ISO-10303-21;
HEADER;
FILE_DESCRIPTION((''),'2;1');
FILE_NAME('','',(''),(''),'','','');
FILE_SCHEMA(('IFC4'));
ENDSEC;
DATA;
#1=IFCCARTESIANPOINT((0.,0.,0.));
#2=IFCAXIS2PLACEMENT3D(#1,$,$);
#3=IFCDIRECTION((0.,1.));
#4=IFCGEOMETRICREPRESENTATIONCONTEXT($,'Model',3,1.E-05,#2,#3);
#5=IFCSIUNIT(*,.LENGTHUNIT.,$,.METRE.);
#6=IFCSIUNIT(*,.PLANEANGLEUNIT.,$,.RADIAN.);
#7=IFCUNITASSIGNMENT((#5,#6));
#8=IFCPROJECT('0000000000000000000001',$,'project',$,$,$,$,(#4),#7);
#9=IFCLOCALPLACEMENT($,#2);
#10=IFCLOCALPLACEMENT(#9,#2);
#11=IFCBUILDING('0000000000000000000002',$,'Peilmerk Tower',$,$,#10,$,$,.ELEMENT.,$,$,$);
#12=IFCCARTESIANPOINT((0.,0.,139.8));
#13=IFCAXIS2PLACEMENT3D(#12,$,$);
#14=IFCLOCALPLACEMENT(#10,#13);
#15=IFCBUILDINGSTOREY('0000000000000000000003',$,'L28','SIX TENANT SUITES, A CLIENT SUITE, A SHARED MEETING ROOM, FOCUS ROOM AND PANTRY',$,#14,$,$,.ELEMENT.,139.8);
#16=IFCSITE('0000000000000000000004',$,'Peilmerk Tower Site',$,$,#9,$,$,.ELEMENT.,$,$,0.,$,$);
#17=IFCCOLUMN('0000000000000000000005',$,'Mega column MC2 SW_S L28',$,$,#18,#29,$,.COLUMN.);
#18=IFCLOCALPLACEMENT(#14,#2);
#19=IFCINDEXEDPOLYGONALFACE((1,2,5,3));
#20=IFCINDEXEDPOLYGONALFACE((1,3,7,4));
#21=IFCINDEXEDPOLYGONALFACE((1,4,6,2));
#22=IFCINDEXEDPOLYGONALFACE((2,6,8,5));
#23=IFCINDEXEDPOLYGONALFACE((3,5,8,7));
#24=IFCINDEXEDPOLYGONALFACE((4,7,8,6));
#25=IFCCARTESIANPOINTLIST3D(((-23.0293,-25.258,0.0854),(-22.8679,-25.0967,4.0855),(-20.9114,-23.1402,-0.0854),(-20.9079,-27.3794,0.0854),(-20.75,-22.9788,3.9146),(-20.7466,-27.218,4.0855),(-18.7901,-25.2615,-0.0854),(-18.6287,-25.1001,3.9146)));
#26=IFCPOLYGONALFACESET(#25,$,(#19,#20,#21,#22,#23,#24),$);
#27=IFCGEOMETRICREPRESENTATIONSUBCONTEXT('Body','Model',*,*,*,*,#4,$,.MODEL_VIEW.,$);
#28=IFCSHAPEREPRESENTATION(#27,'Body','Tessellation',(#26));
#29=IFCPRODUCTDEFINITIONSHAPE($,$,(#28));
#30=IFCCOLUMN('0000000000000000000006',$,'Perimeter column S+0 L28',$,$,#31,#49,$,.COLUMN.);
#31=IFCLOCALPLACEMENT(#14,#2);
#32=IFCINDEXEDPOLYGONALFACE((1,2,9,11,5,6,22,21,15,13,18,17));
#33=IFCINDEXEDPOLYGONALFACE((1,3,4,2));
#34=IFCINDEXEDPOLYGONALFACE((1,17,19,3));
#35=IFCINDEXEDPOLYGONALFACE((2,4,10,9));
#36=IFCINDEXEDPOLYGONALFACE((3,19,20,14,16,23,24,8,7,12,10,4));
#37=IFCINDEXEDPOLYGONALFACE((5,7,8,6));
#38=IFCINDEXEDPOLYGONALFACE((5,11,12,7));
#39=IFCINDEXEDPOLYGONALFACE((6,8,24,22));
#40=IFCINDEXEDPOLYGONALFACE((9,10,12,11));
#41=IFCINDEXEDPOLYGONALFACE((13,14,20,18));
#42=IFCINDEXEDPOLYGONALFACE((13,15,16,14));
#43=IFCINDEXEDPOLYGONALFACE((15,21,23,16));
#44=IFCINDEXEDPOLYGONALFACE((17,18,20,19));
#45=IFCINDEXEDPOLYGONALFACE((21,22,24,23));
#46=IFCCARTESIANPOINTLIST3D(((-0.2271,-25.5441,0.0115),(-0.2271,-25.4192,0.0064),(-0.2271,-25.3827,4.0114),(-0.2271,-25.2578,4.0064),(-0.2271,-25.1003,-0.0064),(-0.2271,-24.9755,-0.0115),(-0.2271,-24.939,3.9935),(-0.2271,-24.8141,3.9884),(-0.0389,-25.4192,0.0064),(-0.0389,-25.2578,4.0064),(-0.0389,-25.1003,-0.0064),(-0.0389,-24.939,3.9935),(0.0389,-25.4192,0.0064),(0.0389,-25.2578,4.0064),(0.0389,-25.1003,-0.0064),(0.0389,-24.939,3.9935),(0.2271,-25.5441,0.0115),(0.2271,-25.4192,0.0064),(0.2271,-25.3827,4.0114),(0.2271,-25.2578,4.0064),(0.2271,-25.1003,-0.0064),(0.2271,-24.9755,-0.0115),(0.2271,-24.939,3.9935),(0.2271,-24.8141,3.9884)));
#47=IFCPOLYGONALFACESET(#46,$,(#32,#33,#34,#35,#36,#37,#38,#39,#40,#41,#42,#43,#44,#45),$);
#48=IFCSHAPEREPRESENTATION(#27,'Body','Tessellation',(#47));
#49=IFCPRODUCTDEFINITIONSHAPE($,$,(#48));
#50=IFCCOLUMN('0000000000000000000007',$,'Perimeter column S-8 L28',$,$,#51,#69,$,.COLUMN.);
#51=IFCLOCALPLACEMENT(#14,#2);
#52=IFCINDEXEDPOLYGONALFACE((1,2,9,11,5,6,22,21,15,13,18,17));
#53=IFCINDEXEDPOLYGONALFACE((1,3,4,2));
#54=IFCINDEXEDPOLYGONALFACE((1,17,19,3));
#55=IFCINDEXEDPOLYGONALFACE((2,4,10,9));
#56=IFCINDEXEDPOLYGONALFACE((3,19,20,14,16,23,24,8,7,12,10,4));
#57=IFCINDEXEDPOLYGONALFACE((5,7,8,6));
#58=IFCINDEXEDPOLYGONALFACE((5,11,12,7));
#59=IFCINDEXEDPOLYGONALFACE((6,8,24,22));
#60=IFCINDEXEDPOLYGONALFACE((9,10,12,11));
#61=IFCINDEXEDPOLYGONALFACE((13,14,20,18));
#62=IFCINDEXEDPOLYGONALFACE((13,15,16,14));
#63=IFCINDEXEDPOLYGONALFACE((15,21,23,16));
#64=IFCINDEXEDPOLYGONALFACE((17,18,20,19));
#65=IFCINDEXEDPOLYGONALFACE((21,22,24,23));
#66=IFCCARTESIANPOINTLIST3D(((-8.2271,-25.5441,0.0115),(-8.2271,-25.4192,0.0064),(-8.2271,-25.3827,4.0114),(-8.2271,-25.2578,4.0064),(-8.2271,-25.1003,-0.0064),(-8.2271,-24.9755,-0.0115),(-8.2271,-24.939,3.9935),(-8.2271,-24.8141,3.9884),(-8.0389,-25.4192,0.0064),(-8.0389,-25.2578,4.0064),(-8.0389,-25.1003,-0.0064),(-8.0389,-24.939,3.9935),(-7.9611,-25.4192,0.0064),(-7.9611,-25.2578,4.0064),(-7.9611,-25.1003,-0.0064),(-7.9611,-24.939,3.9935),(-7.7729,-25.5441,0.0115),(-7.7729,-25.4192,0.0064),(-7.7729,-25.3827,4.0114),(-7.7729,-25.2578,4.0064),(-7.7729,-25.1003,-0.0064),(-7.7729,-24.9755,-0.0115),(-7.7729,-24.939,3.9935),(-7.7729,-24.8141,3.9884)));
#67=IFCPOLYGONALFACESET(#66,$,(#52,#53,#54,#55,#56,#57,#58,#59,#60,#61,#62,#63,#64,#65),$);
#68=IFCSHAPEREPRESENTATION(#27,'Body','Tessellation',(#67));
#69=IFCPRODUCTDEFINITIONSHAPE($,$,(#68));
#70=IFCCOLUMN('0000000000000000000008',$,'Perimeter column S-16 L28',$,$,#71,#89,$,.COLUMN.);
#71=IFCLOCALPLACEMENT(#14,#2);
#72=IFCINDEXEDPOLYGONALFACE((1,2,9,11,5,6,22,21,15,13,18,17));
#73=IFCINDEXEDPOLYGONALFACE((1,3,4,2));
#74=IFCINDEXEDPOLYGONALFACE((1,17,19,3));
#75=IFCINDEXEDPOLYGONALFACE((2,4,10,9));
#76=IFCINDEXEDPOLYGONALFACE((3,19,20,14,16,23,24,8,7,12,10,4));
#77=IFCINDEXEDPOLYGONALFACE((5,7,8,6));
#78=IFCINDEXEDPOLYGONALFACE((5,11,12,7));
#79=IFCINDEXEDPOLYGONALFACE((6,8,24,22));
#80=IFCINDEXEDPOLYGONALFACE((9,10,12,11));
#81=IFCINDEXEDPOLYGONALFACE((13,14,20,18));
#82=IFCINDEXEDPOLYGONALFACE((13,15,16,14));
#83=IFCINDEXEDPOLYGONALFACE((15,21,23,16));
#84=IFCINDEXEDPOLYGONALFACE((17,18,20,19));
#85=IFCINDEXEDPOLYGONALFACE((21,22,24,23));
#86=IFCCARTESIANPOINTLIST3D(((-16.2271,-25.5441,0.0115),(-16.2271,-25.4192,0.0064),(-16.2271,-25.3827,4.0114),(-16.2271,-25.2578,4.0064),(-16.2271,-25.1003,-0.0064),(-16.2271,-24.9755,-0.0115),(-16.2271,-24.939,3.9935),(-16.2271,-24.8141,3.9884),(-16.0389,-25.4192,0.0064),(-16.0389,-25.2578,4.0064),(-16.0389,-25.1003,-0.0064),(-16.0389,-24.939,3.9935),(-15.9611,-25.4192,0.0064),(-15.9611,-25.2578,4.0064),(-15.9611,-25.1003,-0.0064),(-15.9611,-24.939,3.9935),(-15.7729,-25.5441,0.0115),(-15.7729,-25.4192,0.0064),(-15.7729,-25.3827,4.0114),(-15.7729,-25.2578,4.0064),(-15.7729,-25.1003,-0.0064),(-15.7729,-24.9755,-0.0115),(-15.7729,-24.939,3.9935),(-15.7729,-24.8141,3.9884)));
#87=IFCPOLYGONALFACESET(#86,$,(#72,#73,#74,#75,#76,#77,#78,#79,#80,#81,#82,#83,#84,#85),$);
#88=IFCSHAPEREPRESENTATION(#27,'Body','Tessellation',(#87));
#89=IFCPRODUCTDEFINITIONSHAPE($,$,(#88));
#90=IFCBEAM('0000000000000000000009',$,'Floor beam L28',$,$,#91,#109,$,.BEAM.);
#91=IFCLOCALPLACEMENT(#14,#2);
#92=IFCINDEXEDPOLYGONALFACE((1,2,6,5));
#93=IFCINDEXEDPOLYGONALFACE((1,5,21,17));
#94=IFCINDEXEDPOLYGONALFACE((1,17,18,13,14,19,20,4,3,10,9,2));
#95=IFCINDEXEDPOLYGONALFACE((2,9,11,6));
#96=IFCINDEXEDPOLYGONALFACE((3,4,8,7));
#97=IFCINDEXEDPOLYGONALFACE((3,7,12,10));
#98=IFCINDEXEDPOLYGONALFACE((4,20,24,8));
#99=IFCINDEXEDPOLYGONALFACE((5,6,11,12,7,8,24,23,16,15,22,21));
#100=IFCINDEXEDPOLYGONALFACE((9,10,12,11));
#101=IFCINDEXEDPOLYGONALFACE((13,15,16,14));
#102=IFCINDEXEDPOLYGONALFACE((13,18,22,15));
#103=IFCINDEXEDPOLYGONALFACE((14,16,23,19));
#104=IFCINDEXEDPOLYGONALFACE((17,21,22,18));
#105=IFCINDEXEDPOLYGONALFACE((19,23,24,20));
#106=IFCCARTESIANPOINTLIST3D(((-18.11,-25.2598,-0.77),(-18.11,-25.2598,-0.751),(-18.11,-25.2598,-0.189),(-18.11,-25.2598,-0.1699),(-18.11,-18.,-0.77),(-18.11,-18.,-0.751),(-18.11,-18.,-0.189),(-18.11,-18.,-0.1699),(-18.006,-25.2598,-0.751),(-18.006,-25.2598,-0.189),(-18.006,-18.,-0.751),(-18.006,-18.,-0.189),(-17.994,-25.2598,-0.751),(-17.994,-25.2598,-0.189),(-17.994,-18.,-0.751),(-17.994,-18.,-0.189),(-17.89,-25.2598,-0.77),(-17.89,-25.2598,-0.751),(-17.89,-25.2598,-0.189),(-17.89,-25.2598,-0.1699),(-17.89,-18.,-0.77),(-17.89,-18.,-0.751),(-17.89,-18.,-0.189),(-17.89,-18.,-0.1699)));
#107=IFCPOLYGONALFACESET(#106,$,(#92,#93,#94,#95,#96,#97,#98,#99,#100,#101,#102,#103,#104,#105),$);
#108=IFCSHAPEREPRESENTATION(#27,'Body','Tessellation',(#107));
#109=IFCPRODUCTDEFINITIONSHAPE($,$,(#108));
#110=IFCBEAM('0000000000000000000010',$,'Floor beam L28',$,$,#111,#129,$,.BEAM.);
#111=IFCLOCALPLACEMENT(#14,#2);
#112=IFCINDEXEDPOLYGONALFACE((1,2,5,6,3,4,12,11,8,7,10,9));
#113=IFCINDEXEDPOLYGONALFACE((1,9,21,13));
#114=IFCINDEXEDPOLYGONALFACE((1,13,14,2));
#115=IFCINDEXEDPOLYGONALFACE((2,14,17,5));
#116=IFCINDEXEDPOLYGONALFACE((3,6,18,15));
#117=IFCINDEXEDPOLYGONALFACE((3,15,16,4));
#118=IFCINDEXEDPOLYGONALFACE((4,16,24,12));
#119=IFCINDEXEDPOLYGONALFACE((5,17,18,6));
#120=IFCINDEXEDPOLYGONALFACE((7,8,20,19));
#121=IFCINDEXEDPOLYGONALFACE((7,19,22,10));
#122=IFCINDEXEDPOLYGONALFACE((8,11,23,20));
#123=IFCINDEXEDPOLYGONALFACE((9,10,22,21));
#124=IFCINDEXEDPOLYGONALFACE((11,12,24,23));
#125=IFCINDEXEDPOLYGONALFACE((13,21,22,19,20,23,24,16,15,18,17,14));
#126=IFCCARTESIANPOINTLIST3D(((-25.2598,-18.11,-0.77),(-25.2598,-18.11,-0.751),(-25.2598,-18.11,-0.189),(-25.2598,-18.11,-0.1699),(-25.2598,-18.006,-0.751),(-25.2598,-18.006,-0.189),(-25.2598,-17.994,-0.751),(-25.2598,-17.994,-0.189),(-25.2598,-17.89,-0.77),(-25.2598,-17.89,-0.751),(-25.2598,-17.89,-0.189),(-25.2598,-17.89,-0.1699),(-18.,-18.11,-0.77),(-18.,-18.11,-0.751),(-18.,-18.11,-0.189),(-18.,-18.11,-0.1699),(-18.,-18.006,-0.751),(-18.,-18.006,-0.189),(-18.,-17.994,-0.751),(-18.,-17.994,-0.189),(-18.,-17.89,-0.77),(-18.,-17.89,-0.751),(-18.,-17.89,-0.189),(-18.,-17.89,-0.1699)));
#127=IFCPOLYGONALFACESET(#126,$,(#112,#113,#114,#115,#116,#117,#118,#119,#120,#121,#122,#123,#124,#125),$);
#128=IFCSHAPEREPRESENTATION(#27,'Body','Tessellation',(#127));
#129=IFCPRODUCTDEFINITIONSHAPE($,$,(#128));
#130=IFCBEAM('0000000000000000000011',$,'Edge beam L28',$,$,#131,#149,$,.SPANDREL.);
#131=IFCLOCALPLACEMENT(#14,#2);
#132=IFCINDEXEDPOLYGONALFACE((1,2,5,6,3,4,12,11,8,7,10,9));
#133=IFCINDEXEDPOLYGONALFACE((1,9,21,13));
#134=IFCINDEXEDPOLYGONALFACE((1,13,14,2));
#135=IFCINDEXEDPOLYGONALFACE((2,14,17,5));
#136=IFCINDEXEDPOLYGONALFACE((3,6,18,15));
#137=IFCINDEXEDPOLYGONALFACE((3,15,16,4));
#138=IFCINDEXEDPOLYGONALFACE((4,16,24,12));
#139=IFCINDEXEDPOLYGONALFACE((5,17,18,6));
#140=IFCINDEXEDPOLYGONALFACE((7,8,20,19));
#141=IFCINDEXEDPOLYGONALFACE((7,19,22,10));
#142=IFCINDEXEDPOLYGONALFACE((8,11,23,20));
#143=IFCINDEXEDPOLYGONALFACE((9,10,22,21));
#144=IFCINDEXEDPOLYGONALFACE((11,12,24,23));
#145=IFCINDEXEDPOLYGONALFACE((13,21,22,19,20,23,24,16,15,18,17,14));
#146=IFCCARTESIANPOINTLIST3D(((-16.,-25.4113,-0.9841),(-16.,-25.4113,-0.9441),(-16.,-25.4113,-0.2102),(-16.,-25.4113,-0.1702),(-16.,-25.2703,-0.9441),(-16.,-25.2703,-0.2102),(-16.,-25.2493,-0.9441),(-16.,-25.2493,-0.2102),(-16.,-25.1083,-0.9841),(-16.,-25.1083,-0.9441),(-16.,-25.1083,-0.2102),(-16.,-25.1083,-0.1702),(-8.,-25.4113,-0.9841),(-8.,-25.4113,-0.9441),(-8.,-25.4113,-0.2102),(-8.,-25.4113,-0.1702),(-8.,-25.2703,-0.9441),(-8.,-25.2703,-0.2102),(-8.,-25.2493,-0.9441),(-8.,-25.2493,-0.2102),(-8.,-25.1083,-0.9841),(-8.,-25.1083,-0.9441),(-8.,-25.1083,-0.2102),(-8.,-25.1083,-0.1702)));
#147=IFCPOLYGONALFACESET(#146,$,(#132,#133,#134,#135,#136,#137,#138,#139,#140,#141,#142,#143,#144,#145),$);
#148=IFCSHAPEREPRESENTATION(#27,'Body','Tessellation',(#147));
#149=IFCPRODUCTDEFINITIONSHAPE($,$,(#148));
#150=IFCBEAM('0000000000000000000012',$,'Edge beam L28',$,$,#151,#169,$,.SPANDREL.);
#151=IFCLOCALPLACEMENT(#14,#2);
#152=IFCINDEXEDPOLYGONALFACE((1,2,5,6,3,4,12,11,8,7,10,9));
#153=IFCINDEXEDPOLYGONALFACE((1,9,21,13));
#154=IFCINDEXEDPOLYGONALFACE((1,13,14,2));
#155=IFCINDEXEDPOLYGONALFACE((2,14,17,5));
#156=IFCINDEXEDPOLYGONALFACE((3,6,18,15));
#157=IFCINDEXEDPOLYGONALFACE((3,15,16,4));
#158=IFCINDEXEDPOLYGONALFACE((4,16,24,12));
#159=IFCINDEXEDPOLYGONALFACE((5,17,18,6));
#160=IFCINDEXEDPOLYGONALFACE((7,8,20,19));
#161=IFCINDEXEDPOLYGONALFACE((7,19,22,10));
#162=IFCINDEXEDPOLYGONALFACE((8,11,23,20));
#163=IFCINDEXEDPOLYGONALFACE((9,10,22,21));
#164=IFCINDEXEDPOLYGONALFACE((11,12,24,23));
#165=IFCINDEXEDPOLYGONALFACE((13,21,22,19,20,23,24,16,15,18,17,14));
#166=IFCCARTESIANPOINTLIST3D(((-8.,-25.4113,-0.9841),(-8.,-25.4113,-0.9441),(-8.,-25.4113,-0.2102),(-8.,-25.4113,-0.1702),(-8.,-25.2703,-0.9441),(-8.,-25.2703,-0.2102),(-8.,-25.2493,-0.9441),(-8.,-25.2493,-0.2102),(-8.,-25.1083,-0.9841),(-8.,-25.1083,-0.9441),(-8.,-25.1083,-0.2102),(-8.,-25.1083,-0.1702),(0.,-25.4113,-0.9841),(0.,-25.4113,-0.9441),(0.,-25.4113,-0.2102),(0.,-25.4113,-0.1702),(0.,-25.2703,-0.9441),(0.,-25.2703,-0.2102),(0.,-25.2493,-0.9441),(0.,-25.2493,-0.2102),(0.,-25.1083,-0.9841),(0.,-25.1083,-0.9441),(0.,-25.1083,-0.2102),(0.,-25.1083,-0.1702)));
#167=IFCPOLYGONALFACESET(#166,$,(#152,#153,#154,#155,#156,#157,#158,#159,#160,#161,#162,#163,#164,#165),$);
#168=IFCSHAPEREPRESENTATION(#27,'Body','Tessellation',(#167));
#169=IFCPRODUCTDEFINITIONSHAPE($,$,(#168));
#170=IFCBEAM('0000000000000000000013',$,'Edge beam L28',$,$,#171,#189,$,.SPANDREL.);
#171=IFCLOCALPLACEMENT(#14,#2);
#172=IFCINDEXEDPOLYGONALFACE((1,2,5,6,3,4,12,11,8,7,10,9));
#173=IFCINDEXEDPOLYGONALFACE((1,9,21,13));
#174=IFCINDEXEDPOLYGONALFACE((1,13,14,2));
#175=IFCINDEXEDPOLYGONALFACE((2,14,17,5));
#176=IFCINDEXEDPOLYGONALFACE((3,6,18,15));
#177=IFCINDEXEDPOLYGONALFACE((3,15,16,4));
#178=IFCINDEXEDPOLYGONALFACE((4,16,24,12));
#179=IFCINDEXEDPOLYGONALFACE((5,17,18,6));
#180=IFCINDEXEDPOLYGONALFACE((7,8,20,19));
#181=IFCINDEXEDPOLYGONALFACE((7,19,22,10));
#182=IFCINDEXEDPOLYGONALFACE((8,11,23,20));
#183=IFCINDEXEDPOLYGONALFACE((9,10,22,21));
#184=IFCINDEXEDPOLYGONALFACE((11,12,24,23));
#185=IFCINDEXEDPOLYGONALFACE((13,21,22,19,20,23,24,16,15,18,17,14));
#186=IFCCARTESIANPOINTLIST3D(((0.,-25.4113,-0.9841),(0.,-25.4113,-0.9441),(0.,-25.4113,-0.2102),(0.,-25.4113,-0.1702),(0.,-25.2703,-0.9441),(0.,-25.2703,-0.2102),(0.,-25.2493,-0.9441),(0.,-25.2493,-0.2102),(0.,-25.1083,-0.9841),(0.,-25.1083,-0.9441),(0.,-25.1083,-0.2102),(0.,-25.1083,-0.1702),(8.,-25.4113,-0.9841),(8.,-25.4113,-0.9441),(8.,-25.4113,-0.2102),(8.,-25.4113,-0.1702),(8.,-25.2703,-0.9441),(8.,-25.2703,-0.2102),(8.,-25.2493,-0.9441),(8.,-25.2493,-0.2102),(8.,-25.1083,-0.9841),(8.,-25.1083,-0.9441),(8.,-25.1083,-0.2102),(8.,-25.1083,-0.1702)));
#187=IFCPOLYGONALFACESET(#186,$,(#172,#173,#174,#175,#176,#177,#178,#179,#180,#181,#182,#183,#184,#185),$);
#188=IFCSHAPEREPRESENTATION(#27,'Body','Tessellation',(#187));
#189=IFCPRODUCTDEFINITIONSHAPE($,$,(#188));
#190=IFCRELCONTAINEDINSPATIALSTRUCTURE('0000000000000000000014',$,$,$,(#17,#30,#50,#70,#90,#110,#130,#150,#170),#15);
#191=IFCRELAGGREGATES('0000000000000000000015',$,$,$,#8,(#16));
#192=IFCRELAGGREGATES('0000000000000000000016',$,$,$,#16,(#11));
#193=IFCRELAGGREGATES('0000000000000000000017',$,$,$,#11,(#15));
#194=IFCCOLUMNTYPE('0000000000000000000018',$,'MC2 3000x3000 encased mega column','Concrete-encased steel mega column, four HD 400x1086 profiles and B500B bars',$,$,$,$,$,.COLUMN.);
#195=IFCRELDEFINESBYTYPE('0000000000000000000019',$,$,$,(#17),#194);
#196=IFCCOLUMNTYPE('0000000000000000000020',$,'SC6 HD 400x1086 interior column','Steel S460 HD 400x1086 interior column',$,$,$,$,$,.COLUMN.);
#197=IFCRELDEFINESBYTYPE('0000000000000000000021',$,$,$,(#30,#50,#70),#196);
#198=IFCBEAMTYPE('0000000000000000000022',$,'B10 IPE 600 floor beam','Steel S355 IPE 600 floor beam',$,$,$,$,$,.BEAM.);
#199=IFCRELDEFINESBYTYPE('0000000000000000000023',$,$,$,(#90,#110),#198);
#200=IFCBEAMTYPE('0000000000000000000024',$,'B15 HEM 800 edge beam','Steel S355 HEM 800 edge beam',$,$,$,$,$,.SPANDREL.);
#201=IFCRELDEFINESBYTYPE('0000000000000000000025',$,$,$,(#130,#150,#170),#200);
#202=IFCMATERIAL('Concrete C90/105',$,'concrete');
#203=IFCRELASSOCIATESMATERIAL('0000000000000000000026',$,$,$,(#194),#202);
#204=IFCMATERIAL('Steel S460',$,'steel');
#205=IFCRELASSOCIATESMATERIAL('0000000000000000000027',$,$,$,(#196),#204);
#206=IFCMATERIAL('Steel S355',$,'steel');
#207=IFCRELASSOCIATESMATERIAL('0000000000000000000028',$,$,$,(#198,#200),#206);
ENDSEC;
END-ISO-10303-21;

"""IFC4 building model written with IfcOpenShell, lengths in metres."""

from ifc_helpers import new_model, si_unit, direction, frame, origin, origin_2d, place, context, subcontext, project, spatial, rectangle, i_section, extrude, material, material_profile, profile_set, type_object, element, save


model = new_model("IFC4")

# Units and contexts
model_context = context("Model", 3, precision=1e-05, world=origin(), true_north=direction((0.0, 1.0)))
body_context = subcontext(model_context, "Body", "Model", "MODEL_VIEW")
ifc_project = project(units=[si_unit("LENGTHUNIT", "METRE"), si_unit("PLANEANGLEUNIT", "RADIAN")], contexts=[model_context])

# Site, building, storey
site_placement = place(None, origin())
site = spatial("IfcSite", under=ifc_project, at=site_placement, Name="Peilmerk Tower Site", CompositionType="ELEMENT", RefElevation=0.0)
building_placement = place(site_placement, origin())
building = spatial("IfcBuilding", under=site, at=building_placement, Name="Peilmerk Tower", CompositionType="ELEMENT")
storey_placement = place(building_placement, frame((0.0, 0.0, 139.8)))
storey = spatial("IfcBuildingStorey", under=building, at=storey_placement, Name="L28", Description="SIX TENANT SUITES, A CLIENT SUITE, A SHARED MEETING ROOM, FOCUS ROOM AND PANTRY", CompositionType="ELEMENT", Elevation=139.8)

# Columns
ifc_material_1 = material(Name="Concrete C90/105", Category="concrete")
ifc_material_profile_1 = material_profile(ifc_material_1, rectangle(XDim=3.0, YDim=3.0, at=origin_2d()), Name="RC 3000x3000")
ifc_profile_set_1 = profile_set([ifc_material_profile_1], Name="Concrete C90/105")
column_type_1 = type_object("IfcColumnType", Name="MC2 3000x3000 encased mega column", Description="Concrete-encased steel mega column, four HD 400x1086 profiles and B500B bars", PredefinedType="COLUMN", material=ifc_profile_set_1)
column_placement = place(storey_placement, frame((-20.9097, -25.2598, 0.0), z_axis=(0.040279, 0.040279, 0.998376), x_axis=(-0.707107, 0.707107, 0.0)))
element("IfcColumn", 1, at=column_placement, inside=storey, type_object=column_type_1, Name="Mega column MC2 SW_S L28", PredefinedType="COLUMN", context=body_context, shape_type="SweptSolid", body=[
    extrude(rectangle(XDim=3.0, YDim=3.0, at=origin_2d()), origin(), (0.0, 0.0, 1.0), 4.0066),
])
ifc_material_2 = material(Name="Steel S460", Category="steel")
ifc_material_profile_2 = material_profile(ifc_material_2, i_section(OverallWidth=0.4541, OverallDepth=0.5691, WebThickness=0.0779, FlangeThickness=0.125, at=origin_2d()), Name="HD 400x1086")
ifc_profile_set_2 = profile_set([ifc_material_profile_2], Name="Steel S460")
column_type_2 = type_object("IfcColumnType", Name="SC6 HD 400x1086 interior column", Description="Steel S460 HD 400x1086 interior column", PredefinedType="COLUMN", material=ifc_profile_set_2)
for number, where, z_axis, x_axis, name in (
    (2, (0.0, -25.2598, 0.0), (0.0, 0.040311, 0.999187), (-1.0, 0.0, 0.0), "Perimeter column S+0 L28"),
    (3, (-8.0, -25.2598, 0.0), (0.0, 0.040311, 0.999187), (-1.0, 0.0, 0.0), "Perimeter column S-8 L28"),
    (4, (-16.0, -25.2598, 0.0), (0.0, 0.040311, 0.999187), (-1.0, 0.0, 0.0), "Perimeter column S-16 L28"),
):
    element("IfcColumn", number, at=place(storey_placement, frame(where, z_axis=z_axis, x_axis=x_axis)), inside=storey, type_object=column_type_2, Name=name, PredefinedType="COLUMN", context=body_context, shape_type="SweptSolid", body=[
        extrude(i_section(OverallWidth=0.4541, OverallDepth=0.5691, WebThickness=0.0779, FlangeThickness=0.125, at=origin_2d()), origin(), (0.0, 0.0, 1.0), 4.0032),
    ])

# Beams
ifc_material_3 = material(Name="Steel S355", Category="steel")
ifc_material_profile_3 = material_profile(ifc_material_3, i_section(OverallWidth=0.22, OverallDepth=0.6001, WebThickness=0.012, FlangeThickness=0.019, at=origin_2d()), Name="IPE 600")
ifc_profile_set_3 = profile_set([ifc_material_profile_3], Name="Steel S355")
beam_type_1 = type_object("IfcBeamType", Name="B10 IPE 600 floor beam", Description="Steel S355 IPE 600 floor beam", PredefinedType="BEAM", material=ifc_profile_set_3)
for number, where, z_axis, x_axis, name in (
    (5, (-18.0, -18.0, -0.47), (0.0, -1.0, 0.0), (1.0, 0.0, 0.0), "Floor beam L28"),
    (6, (-18.0, -18.0, -0.47), (-1.0, 0.0, 0.0), (0.0, -1.0, 0.0), "Floor beam L28"),
):
    element("IfcBeam", number, at=place(storey_placement, frame(where, z_axis=z_axis, x_axis=x_axis)), inside=storey, type_object=beam_type_1, Name=name, PredefinedType="BEAM", context=body_context, shape_type="SweptSolid", body=[
        extrude(i_section(OverallWidth=0.22, OverallDepth=0.6001, WebThickness=0.012, FlangeThickness=0.019, at=origin_2d()), origin(), (0.0, 0.0, 1.0), 7.2598),
    ])
ifc_material_profile_4 = material_profile(ifc_material_3, i_section(OverallWidth=0.303, OverallDepth=0.814, WebThickness=0.021, FlangeThickness=0.04, at=origin_2d()), Name="HEM 800")
ifc_profile_set_4 = profile_set([ifc_material_profile_4], Name="Steel S355")
beam_type_2 = type_object("IfcBeamType", Name="B15 HEM 800 edge beam", Description="Steel S355 HEM 800 edge beam", PredefinedType="SPANDREL", material=ifc_profile_set_4)
for number, where, z_axis, x_axis, name in (
    (7, (-16.0, -25.2598, -0.5771), (1.0, 0.0, 0.0), (0.0, 1.0, 0.0), "Edge beam L28"),
    (8, (-8.0, -25.2598, -0.5771), (1.0, 0.0, 0.0), (0.0, 1.0, 0.0), "Edge beam L28"),
    (9, (0.0, -25.2598, -0.5771), (1.0, 0.0, 0.0), (0.0, 1.0, 0.0), "Edge beam L28"),
):
    element("IfcBeam", number, at=place(storey_placement, frame(where, z_axis=z_axis, x_axis=x_axis)), inside=storey, type_object=beam_type_2, Name=name, PredefinedType="SPANDREL", context=body_context, shape_type="SweptSolid", body=[
        extrude(i_section(OverallWidth=0.303, OverallDepth=0.814, WebThickness=0.021, FlangeThickness=0.04, at=origin_2d()), origin(), (0.0, 0.0, 1.0), 8.0),
    ])

save(model, "model.ifc")
